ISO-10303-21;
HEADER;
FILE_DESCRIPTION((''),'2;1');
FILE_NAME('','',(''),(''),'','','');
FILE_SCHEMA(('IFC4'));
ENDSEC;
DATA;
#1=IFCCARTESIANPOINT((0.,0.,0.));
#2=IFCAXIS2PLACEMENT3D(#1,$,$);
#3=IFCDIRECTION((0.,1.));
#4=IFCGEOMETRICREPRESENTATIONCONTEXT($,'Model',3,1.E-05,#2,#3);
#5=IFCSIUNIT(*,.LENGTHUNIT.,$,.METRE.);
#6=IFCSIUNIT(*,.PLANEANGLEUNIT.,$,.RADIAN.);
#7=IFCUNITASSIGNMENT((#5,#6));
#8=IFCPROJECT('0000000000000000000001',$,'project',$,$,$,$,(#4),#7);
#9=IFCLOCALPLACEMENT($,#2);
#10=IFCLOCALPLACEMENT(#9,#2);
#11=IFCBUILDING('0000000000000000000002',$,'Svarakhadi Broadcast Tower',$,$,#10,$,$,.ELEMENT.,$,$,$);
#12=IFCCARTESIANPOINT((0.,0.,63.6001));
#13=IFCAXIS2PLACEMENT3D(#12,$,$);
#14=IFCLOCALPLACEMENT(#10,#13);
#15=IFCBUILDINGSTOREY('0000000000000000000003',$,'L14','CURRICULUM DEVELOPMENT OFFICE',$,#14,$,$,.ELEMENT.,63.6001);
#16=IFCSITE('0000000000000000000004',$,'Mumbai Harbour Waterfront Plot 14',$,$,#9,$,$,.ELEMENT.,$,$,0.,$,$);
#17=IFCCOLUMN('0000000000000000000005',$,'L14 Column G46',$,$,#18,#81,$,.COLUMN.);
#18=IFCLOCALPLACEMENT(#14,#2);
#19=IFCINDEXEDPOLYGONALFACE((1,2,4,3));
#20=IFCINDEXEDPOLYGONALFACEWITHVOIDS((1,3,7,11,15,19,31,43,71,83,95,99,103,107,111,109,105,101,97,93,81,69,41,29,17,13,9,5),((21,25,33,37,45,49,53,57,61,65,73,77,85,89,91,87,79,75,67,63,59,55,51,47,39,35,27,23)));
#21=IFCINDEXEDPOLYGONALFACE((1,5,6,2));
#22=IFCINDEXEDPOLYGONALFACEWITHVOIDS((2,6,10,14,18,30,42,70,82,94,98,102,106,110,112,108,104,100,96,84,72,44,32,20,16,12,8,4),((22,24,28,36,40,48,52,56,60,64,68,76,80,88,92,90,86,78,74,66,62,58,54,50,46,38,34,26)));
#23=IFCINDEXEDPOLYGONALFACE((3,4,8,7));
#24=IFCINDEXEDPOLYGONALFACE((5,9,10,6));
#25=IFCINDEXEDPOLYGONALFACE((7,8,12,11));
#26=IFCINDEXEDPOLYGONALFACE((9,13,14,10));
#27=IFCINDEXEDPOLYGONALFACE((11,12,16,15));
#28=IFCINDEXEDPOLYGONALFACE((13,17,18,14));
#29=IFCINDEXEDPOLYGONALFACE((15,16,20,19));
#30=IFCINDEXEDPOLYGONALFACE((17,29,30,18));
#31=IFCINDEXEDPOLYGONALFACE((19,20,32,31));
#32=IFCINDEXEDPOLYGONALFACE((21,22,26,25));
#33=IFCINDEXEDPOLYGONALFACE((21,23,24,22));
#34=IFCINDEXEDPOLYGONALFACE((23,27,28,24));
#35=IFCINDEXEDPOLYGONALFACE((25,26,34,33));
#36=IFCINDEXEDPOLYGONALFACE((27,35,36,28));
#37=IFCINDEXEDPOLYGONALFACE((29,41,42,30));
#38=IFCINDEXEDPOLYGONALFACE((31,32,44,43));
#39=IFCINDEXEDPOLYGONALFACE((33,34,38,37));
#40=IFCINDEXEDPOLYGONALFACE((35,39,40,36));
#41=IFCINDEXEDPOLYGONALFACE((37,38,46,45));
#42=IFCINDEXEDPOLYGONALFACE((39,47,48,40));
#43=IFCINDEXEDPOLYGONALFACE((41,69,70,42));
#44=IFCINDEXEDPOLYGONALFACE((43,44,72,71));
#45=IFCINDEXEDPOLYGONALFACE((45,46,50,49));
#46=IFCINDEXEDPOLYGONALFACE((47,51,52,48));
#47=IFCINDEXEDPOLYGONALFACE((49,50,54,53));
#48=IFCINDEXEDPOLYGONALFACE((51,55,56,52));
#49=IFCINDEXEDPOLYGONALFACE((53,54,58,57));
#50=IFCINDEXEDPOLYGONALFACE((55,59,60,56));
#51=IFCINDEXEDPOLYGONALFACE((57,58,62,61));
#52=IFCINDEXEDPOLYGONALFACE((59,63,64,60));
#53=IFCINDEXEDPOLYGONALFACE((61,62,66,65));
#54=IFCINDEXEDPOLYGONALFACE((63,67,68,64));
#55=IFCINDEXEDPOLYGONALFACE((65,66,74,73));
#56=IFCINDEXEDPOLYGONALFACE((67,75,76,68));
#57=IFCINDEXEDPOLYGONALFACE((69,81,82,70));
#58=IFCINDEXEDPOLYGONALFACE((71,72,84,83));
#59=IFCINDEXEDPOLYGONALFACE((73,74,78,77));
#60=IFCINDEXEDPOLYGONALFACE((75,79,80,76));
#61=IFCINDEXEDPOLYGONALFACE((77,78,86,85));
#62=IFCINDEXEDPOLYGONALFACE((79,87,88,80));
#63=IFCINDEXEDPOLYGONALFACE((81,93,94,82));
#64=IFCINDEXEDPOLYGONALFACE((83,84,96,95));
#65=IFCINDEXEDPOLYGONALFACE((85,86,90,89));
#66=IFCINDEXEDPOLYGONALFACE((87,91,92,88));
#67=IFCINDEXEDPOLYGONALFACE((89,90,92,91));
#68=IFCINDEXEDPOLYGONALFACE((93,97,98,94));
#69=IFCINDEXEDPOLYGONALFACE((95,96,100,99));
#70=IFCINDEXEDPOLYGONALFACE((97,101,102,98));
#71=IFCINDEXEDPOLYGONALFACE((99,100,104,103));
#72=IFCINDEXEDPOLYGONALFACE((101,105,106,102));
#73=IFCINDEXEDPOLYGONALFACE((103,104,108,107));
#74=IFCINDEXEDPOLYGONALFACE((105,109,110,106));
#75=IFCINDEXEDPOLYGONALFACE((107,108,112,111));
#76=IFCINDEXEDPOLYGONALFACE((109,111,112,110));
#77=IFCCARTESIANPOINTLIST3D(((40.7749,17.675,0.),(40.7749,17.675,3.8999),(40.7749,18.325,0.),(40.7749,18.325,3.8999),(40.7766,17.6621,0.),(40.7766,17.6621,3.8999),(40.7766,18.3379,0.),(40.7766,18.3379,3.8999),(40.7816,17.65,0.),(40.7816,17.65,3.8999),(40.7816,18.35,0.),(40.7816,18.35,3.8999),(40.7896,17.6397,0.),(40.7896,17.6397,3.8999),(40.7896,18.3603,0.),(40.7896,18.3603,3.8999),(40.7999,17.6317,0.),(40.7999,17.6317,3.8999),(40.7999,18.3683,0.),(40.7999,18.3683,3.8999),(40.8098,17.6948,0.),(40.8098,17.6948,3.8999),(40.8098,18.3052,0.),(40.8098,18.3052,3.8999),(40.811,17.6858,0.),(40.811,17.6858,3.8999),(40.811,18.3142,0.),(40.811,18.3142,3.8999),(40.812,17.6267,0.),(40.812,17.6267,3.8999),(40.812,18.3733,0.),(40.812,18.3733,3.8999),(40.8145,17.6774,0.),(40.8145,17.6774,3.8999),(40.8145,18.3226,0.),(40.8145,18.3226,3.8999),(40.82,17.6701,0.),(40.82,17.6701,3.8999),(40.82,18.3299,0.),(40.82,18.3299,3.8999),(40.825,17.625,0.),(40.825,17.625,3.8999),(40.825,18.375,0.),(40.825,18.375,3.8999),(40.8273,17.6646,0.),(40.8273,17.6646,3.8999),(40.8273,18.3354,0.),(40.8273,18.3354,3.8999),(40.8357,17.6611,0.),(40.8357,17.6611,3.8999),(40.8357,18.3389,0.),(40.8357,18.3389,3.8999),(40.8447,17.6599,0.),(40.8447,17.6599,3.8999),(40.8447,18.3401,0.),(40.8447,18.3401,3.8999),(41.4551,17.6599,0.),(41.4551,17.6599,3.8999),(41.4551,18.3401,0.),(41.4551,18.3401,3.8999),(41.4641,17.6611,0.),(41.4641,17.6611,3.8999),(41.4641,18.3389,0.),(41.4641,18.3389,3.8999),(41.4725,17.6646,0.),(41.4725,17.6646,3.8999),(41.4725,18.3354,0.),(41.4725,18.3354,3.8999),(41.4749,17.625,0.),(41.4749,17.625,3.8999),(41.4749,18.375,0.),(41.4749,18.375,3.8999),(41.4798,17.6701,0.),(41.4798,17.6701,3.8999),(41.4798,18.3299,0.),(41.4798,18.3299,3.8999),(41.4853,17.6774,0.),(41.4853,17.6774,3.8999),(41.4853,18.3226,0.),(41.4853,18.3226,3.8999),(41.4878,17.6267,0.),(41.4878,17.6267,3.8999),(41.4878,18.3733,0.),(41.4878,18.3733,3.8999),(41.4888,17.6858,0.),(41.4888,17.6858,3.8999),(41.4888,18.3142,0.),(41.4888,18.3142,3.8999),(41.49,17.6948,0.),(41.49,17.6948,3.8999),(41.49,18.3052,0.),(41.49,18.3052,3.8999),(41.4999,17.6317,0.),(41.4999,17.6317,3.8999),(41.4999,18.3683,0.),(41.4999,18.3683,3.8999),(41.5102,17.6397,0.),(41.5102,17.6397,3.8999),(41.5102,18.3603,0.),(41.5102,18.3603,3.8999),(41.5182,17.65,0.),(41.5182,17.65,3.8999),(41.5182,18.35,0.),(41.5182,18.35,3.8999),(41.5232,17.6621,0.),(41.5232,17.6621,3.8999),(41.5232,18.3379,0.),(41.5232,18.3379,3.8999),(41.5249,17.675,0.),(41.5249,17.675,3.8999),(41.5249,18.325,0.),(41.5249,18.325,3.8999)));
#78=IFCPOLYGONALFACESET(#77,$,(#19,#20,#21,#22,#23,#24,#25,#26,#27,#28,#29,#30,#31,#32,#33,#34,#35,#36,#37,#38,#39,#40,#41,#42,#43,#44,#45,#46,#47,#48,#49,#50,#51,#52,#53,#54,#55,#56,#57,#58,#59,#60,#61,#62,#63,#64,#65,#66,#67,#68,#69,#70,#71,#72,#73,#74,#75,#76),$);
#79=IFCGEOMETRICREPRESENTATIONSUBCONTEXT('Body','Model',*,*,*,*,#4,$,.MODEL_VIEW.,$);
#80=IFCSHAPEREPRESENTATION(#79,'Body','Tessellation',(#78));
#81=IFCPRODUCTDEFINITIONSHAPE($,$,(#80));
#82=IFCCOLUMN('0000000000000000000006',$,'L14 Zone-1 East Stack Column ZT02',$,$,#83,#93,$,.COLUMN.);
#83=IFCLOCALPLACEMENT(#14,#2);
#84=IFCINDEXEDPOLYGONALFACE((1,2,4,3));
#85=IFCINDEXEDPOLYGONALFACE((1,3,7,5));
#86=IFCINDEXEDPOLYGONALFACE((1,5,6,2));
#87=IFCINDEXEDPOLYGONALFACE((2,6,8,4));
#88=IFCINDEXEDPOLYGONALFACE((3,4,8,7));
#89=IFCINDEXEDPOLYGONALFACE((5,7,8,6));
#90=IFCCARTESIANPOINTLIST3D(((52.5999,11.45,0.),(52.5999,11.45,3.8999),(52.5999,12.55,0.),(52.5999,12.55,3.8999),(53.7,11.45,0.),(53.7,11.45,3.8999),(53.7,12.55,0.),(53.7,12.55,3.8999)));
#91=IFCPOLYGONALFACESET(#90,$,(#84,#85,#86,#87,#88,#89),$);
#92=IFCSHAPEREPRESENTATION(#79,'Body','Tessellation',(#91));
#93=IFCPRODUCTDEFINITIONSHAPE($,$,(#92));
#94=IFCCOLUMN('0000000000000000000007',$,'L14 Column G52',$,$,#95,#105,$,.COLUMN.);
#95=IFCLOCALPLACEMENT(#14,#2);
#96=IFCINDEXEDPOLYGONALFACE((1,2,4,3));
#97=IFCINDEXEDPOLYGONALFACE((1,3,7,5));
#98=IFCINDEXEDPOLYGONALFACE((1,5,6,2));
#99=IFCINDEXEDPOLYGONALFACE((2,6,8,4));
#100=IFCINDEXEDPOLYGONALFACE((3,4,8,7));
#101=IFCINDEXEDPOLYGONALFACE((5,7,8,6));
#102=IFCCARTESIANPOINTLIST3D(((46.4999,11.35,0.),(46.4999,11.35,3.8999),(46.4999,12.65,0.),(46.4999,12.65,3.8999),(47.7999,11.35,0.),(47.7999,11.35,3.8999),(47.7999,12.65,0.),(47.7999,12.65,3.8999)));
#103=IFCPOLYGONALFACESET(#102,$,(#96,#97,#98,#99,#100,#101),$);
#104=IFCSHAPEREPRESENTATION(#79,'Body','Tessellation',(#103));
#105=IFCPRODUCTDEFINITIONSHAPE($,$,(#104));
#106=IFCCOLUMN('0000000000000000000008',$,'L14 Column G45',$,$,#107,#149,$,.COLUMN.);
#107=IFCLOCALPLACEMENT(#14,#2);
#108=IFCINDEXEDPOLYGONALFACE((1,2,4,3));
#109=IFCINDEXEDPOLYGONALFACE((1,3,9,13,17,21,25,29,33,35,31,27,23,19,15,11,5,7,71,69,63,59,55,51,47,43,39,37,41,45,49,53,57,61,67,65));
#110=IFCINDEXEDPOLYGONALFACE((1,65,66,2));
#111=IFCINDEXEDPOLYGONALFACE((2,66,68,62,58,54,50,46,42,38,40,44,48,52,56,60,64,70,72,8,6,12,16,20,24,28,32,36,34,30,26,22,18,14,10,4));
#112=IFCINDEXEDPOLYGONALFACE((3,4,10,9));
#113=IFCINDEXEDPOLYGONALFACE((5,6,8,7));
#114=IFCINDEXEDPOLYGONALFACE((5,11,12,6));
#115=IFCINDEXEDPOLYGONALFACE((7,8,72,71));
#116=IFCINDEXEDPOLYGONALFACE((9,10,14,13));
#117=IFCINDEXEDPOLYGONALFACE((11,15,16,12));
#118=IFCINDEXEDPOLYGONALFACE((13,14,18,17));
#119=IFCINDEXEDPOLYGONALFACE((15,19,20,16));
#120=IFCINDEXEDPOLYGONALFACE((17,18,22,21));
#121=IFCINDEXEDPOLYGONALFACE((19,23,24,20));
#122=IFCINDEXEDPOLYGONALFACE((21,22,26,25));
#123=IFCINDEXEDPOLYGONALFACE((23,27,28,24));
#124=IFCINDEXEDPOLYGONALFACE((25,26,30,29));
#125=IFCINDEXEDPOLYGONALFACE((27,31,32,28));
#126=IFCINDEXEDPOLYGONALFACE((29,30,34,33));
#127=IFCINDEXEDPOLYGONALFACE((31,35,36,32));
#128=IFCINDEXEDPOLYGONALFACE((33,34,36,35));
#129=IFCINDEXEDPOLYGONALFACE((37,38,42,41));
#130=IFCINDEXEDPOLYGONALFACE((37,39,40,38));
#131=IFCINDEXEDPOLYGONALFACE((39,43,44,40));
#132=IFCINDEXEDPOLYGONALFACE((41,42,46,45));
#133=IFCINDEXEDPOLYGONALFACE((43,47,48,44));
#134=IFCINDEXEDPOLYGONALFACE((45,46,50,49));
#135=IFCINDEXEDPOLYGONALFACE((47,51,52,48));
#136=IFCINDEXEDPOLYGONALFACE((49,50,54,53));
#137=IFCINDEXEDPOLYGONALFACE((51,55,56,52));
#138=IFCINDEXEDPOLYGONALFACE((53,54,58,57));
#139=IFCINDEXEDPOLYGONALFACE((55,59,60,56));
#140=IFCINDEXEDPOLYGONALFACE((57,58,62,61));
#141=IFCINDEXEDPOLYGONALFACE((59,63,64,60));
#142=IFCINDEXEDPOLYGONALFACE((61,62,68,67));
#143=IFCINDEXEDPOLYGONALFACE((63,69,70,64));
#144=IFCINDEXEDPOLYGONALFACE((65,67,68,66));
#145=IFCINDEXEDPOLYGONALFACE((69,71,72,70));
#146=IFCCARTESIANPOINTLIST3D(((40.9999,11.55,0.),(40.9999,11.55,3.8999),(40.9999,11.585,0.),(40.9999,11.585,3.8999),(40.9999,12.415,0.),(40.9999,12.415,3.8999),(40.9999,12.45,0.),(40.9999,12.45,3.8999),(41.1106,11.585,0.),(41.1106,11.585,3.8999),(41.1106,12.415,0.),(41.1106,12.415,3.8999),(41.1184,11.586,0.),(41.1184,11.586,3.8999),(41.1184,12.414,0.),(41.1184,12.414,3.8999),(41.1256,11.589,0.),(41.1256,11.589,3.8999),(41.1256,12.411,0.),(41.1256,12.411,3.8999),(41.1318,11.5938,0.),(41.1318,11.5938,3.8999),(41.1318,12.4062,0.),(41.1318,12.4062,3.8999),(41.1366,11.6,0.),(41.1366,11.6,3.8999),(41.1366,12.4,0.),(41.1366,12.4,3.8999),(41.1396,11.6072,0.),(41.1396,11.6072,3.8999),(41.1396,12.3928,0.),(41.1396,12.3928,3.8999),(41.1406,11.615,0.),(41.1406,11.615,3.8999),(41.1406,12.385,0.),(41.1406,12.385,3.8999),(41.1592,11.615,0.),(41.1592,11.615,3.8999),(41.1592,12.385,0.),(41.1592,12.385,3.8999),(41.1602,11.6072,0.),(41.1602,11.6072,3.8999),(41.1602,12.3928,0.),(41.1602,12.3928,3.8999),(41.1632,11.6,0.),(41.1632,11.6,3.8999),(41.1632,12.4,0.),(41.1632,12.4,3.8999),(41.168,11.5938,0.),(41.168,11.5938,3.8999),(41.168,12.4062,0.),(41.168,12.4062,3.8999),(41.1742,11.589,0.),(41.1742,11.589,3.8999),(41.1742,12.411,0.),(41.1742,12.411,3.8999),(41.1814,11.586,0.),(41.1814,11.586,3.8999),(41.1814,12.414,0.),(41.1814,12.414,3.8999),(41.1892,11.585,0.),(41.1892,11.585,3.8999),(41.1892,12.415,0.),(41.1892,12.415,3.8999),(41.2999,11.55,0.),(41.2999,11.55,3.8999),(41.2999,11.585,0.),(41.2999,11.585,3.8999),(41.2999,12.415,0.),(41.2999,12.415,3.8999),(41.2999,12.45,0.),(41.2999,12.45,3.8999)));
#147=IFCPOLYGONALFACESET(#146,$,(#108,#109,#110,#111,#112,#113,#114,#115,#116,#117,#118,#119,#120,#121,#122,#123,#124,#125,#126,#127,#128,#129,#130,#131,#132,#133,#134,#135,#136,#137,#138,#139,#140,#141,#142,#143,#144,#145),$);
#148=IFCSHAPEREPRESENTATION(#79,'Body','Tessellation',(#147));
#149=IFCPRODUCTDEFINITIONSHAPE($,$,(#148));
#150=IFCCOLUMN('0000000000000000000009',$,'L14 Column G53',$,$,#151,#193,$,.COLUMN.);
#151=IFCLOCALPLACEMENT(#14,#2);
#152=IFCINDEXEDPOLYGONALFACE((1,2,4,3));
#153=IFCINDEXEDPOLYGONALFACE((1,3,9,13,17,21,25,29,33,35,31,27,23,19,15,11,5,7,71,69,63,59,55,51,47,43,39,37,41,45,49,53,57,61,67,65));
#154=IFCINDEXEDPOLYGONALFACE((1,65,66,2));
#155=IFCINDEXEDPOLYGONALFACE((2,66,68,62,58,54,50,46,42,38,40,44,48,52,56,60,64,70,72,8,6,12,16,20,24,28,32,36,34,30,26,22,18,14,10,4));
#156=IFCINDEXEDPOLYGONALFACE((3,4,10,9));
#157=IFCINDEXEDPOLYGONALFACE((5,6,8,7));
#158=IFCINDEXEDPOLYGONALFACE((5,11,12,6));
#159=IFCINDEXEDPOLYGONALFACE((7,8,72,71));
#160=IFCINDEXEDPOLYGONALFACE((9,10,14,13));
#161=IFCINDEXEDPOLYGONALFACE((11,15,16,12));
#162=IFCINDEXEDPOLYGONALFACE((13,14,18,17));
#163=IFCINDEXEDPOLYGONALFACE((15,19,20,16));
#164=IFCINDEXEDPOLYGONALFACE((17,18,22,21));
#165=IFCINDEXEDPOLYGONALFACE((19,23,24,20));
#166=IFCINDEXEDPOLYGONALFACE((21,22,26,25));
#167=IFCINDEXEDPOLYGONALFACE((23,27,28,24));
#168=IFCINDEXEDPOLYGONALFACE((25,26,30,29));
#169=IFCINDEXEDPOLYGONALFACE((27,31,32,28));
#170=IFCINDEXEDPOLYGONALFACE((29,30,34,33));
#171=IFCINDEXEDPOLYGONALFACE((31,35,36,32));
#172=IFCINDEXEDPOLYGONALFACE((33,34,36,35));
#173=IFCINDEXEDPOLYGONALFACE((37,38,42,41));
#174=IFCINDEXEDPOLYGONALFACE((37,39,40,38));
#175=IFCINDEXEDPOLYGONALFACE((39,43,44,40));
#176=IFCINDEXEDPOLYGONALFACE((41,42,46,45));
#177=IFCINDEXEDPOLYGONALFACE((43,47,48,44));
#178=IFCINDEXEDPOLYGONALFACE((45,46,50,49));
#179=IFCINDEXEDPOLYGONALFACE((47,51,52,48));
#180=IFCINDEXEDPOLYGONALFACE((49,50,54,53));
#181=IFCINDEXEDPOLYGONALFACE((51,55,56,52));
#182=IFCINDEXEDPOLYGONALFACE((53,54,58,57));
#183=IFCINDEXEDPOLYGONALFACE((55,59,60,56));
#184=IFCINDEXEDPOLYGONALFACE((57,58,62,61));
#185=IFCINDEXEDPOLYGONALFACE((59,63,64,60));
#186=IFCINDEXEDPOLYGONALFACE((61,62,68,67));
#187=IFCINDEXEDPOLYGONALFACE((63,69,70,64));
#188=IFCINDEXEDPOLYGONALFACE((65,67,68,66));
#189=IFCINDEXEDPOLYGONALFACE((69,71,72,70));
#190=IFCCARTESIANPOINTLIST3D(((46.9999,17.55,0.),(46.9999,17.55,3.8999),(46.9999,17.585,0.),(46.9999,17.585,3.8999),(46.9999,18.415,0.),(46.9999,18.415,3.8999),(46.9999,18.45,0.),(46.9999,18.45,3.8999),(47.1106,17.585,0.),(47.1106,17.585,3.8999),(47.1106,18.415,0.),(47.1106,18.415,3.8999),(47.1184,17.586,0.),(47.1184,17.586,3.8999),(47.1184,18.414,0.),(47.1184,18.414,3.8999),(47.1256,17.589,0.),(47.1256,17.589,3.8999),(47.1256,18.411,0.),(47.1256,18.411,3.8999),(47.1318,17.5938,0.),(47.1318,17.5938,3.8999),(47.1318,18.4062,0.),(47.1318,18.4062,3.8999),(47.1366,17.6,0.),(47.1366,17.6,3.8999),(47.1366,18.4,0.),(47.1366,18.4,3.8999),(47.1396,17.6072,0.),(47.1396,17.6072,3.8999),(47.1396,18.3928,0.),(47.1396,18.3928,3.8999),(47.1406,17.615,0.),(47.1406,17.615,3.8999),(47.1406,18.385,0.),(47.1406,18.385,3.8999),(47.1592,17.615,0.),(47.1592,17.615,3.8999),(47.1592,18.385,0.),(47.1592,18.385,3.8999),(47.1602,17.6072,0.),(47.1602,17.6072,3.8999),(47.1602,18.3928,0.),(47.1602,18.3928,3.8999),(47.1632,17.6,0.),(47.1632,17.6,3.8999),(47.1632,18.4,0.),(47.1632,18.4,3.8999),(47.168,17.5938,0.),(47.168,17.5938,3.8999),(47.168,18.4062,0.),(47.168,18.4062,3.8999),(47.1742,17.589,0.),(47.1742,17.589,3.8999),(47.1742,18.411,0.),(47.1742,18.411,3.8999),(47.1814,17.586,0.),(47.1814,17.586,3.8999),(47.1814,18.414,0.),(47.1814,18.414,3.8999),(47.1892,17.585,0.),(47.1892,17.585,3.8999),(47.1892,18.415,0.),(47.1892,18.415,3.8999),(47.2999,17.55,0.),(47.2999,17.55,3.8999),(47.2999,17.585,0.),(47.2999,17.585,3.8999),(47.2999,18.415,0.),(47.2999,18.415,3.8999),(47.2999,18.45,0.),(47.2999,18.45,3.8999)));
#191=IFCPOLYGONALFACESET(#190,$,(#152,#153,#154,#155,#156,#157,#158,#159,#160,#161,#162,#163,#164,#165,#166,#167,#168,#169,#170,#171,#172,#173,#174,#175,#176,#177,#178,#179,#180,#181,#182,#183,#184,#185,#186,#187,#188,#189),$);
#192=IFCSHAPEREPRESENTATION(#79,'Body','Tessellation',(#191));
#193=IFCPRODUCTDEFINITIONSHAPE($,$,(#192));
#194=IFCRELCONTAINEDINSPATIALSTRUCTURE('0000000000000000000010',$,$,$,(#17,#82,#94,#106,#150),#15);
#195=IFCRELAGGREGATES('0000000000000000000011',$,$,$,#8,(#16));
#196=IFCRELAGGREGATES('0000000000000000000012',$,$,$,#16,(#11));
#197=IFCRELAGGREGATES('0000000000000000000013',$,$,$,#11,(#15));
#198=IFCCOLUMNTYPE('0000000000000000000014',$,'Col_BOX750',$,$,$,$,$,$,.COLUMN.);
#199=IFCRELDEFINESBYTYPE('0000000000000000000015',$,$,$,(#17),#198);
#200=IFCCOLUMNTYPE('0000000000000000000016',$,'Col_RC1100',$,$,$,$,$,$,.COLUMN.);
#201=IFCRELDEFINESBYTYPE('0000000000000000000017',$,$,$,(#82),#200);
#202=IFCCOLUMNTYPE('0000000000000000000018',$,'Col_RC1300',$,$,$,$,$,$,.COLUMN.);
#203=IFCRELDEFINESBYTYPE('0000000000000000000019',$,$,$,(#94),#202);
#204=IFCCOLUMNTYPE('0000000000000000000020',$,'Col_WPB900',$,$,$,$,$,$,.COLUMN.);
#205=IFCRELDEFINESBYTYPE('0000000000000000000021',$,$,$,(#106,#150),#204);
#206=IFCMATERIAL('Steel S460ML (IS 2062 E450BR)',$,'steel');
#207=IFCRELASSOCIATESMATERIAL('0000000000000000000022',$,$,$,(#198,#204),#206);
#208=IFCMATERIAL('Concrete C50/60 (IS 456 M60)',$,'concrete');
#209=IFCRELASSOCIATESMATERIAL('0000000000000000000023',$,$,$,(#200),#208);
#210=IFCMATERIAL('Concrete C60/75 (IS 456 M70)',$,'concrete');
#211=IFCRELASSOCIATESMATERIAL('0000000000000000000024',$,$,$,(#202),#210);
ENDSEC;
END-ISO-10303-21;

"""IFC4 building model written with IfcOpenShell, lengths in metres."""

from ifc_helpers import new_model, si_unit, direction, frame, origin, origin_2d, place, context, subcontext, project, spatial, rectangle, hollow_rectangle, i_section, extrude, material, material_profile, profile_set, type_object, element, save


model = new_model("IFC4")

# Units and contexts
model_context = context("Model", 3, precision=1e-05, world=origin(), true_north=direction((0.0, 1.0)))
body_context = subcontext(model_context, "Body", "Model", "MODEL_VIEW")
ifc_project = project(units=[si_unit("LENGTHUNIT", "METRE"), si_unit("PLANEANGLEUNIT", "RADIAN")], contexts=[model_context])

# Site, building, storey
site_placement = place(None, origin())
site = spatial("IfcSite", under=ifc_project, at=site_placement, Name="Mumbai Harbour Waterfront Plot 14", CompositionType="ELEMENT", RefElevation=0.0)
building_placement = place(site_placement, origin())
building = spatial("IfcBuilding", under=site, at=building_placement, Name="Svarakhadi Broadcast Tower", CompositionType="ELEMENT")
storey_placement = place(building_placement, frame((0.0, 0.0, 63.6001)))
storey = spatial("IfcBuildingStorey", under=building, at=storey_placement, Name="L14", Description="CURRICULUM DEVELOPMENT OFFICE", CompositionType="ELEMENT", Elevation=63.6001)

# Columns
ifc_material_1 = material(Name="Steel S460ML (IS 2062 E450BR)", Category="steel")
ifc_material_profile_1 = material_profile(ifc_material_1, hollow_rectangle(XDim=0.75, YDim=0.75, WallThickness=0.0349, InnerFilletRadius=0.0349, OuterFilletRadius=0.05, at=origin_2d()), Name="BOX 750x750x35")
ifc_profile_set_1 = profile_set([ifc_material_profile_1], Name="Steel S460ML (IS 2062 E450BR)")
column_type_1 = type_object("IfcColumnType", Name="Col_BOX750", PredefinedType="COLUMN", material=ifc_profile_set_1)
column_1_placement = place(storey_placement, frame((41.1499, 18.0, 0.0), z_axis=(0.0, 0.0, 1.0), x_axis=(1.0, 0.0, 0.0)))
element("IfcColumn", 1, at=column_1_placement, inside=storey, type_object=column_type_1, Name="L14 Column G46", PredefinedType="COLUMN", context=body_context, shape_type="SweptSolid", body=[
    extrude(hollow_rectangle(XDim=0.75, YDim=0.75, WallThickness=0.0349, InnerFilletRadius=0.0349, OuterFilletRadius=0.05, at=origin_2d()), origin(), (0.0, 0.0, 1.0), 3.8999),
])
ifc_material_2 = material(Name="Concrete C50/60 (IS 456 M60)", Category="concrete")
ifc_material_profile_2 = material_profile(ifc_material_2, rectangle(XDim=1.1001, YDim=1.1001, at=origin_2d()), Name="RC 1100x1100")
ifc_profile_set_2 = profile_set([ifc_material_profile_2], Name="Concrete C50/60 (IS 456 M60)")
column_type_2 = type_object("IfcColumnType", Name="Col_RC1100", PredefinedType="COLUMN", material=ifc_profile_set_2)
column_2_placement = place(storey_placement, frame((53.1499, 12.0, 0.0), z_axis=(0.0, 0.0, 1.0), x_axis=(1.0, 0.0, 0.0)))
element("IfcColumn", 2, at=column_2_placement, inside=storey, type_object=column_type_2, Name="L14 Zone-1 East Stack Column ZT02", PredefinedType="COLUMN", context=body_context, shape_type="SweptSolid", body=[
    extrude(rectangle(XDim=1.1001, YDim=1.1001, at=origin_2d()), origin(), (0.0, 0.0, 1.0), 3.8999),
])
ifc_material_3 = material(Name="Concrete C60/75 (IS 456 M70)", Category="concrete")
ifc_material_profile_3 = material_profile(ifc_material_3, rectangle(XDim=1.3, YDim=1.3, at=origin_2d()), Name="RC 1300x1300")
ifc_profile_set_3 = profile_set([ifc_material_profile_3], Name="Concrete C60/75 (IS 456 M70)")
column_type_3 = type_object("IfcColumnType", Name="Col_RC1300", PredefinedType="COLUMN", material=ifc_profile_set_3)
column_3_placement = place(storey_placement, frame((47.1499, 12.0, 0.0), z_axis=(0.0, 0.0, 1.0), x_axis=(1.0, 0.0, 0.0)))
element("IfcColumn", 3, at=column_3_placement, inside=storey, type_object=column_type_3, Name="L14 Column G52", PredefinedType="COLUMN", context=body_context, shape_type="SweptSolid", body=[
    extrude(rectangle(XDim=1.3, YDim=1.3, at=origin_2d()), origin(), (0.0, 0.0, 1.0), 3.8999),
])
ifc_material_profile_4 = material_profile(ifc_material_1, i_section(OverallWidth=0.3, OverallDepth=0.8999, WebThickness=0.0186, FlangeThickness=0.0349, FilletRadius=0.03, at=origin_2d()), Name="WPB 900x300x291")
ifc_profile_set_4 = profile_set([ifc_material_profile_4], Name="Steel S460ML (IS 2062 E450BR)")
column_type_4 = type_object("IfcColumnType", Name="Col_WPB900", PredefinedType="COLUMN", material=ifc_profile_set_4)
for number, where, z_axis, x_axis, name in (
    (4, (41.1499, 12.0, 0.0), (0.0, 0.0, 1.0), (1.0, 0.0, 0.0), "L14 Column G45"),
    (5, (47.1499, 18.0, 0.0), (0.0, 0.0, 1.0), (1.0, 0.0, 0.0), "L14 Column G53"),
):
    element("IfcColumn", number, at=place(storey_placement, frame(where, z_axis=z_axis, x_axis=x_axis)), inside=storey, type_object=column_type_4, Name=name, PredefinedType="COLUMN", context=body_context, shape_type="SweptSolid", body=[
        extrude(i_section(OverallWidth=0.3, OverallDepth=0.8999, WebThickness=0.0186, FlangeThickness=0.0349, FilletRadius=0.03, at=origin_2d()), origin(), (0.0, 0.0, 1.0), 3.8999),
    ])

save(model, "model.ifc")
